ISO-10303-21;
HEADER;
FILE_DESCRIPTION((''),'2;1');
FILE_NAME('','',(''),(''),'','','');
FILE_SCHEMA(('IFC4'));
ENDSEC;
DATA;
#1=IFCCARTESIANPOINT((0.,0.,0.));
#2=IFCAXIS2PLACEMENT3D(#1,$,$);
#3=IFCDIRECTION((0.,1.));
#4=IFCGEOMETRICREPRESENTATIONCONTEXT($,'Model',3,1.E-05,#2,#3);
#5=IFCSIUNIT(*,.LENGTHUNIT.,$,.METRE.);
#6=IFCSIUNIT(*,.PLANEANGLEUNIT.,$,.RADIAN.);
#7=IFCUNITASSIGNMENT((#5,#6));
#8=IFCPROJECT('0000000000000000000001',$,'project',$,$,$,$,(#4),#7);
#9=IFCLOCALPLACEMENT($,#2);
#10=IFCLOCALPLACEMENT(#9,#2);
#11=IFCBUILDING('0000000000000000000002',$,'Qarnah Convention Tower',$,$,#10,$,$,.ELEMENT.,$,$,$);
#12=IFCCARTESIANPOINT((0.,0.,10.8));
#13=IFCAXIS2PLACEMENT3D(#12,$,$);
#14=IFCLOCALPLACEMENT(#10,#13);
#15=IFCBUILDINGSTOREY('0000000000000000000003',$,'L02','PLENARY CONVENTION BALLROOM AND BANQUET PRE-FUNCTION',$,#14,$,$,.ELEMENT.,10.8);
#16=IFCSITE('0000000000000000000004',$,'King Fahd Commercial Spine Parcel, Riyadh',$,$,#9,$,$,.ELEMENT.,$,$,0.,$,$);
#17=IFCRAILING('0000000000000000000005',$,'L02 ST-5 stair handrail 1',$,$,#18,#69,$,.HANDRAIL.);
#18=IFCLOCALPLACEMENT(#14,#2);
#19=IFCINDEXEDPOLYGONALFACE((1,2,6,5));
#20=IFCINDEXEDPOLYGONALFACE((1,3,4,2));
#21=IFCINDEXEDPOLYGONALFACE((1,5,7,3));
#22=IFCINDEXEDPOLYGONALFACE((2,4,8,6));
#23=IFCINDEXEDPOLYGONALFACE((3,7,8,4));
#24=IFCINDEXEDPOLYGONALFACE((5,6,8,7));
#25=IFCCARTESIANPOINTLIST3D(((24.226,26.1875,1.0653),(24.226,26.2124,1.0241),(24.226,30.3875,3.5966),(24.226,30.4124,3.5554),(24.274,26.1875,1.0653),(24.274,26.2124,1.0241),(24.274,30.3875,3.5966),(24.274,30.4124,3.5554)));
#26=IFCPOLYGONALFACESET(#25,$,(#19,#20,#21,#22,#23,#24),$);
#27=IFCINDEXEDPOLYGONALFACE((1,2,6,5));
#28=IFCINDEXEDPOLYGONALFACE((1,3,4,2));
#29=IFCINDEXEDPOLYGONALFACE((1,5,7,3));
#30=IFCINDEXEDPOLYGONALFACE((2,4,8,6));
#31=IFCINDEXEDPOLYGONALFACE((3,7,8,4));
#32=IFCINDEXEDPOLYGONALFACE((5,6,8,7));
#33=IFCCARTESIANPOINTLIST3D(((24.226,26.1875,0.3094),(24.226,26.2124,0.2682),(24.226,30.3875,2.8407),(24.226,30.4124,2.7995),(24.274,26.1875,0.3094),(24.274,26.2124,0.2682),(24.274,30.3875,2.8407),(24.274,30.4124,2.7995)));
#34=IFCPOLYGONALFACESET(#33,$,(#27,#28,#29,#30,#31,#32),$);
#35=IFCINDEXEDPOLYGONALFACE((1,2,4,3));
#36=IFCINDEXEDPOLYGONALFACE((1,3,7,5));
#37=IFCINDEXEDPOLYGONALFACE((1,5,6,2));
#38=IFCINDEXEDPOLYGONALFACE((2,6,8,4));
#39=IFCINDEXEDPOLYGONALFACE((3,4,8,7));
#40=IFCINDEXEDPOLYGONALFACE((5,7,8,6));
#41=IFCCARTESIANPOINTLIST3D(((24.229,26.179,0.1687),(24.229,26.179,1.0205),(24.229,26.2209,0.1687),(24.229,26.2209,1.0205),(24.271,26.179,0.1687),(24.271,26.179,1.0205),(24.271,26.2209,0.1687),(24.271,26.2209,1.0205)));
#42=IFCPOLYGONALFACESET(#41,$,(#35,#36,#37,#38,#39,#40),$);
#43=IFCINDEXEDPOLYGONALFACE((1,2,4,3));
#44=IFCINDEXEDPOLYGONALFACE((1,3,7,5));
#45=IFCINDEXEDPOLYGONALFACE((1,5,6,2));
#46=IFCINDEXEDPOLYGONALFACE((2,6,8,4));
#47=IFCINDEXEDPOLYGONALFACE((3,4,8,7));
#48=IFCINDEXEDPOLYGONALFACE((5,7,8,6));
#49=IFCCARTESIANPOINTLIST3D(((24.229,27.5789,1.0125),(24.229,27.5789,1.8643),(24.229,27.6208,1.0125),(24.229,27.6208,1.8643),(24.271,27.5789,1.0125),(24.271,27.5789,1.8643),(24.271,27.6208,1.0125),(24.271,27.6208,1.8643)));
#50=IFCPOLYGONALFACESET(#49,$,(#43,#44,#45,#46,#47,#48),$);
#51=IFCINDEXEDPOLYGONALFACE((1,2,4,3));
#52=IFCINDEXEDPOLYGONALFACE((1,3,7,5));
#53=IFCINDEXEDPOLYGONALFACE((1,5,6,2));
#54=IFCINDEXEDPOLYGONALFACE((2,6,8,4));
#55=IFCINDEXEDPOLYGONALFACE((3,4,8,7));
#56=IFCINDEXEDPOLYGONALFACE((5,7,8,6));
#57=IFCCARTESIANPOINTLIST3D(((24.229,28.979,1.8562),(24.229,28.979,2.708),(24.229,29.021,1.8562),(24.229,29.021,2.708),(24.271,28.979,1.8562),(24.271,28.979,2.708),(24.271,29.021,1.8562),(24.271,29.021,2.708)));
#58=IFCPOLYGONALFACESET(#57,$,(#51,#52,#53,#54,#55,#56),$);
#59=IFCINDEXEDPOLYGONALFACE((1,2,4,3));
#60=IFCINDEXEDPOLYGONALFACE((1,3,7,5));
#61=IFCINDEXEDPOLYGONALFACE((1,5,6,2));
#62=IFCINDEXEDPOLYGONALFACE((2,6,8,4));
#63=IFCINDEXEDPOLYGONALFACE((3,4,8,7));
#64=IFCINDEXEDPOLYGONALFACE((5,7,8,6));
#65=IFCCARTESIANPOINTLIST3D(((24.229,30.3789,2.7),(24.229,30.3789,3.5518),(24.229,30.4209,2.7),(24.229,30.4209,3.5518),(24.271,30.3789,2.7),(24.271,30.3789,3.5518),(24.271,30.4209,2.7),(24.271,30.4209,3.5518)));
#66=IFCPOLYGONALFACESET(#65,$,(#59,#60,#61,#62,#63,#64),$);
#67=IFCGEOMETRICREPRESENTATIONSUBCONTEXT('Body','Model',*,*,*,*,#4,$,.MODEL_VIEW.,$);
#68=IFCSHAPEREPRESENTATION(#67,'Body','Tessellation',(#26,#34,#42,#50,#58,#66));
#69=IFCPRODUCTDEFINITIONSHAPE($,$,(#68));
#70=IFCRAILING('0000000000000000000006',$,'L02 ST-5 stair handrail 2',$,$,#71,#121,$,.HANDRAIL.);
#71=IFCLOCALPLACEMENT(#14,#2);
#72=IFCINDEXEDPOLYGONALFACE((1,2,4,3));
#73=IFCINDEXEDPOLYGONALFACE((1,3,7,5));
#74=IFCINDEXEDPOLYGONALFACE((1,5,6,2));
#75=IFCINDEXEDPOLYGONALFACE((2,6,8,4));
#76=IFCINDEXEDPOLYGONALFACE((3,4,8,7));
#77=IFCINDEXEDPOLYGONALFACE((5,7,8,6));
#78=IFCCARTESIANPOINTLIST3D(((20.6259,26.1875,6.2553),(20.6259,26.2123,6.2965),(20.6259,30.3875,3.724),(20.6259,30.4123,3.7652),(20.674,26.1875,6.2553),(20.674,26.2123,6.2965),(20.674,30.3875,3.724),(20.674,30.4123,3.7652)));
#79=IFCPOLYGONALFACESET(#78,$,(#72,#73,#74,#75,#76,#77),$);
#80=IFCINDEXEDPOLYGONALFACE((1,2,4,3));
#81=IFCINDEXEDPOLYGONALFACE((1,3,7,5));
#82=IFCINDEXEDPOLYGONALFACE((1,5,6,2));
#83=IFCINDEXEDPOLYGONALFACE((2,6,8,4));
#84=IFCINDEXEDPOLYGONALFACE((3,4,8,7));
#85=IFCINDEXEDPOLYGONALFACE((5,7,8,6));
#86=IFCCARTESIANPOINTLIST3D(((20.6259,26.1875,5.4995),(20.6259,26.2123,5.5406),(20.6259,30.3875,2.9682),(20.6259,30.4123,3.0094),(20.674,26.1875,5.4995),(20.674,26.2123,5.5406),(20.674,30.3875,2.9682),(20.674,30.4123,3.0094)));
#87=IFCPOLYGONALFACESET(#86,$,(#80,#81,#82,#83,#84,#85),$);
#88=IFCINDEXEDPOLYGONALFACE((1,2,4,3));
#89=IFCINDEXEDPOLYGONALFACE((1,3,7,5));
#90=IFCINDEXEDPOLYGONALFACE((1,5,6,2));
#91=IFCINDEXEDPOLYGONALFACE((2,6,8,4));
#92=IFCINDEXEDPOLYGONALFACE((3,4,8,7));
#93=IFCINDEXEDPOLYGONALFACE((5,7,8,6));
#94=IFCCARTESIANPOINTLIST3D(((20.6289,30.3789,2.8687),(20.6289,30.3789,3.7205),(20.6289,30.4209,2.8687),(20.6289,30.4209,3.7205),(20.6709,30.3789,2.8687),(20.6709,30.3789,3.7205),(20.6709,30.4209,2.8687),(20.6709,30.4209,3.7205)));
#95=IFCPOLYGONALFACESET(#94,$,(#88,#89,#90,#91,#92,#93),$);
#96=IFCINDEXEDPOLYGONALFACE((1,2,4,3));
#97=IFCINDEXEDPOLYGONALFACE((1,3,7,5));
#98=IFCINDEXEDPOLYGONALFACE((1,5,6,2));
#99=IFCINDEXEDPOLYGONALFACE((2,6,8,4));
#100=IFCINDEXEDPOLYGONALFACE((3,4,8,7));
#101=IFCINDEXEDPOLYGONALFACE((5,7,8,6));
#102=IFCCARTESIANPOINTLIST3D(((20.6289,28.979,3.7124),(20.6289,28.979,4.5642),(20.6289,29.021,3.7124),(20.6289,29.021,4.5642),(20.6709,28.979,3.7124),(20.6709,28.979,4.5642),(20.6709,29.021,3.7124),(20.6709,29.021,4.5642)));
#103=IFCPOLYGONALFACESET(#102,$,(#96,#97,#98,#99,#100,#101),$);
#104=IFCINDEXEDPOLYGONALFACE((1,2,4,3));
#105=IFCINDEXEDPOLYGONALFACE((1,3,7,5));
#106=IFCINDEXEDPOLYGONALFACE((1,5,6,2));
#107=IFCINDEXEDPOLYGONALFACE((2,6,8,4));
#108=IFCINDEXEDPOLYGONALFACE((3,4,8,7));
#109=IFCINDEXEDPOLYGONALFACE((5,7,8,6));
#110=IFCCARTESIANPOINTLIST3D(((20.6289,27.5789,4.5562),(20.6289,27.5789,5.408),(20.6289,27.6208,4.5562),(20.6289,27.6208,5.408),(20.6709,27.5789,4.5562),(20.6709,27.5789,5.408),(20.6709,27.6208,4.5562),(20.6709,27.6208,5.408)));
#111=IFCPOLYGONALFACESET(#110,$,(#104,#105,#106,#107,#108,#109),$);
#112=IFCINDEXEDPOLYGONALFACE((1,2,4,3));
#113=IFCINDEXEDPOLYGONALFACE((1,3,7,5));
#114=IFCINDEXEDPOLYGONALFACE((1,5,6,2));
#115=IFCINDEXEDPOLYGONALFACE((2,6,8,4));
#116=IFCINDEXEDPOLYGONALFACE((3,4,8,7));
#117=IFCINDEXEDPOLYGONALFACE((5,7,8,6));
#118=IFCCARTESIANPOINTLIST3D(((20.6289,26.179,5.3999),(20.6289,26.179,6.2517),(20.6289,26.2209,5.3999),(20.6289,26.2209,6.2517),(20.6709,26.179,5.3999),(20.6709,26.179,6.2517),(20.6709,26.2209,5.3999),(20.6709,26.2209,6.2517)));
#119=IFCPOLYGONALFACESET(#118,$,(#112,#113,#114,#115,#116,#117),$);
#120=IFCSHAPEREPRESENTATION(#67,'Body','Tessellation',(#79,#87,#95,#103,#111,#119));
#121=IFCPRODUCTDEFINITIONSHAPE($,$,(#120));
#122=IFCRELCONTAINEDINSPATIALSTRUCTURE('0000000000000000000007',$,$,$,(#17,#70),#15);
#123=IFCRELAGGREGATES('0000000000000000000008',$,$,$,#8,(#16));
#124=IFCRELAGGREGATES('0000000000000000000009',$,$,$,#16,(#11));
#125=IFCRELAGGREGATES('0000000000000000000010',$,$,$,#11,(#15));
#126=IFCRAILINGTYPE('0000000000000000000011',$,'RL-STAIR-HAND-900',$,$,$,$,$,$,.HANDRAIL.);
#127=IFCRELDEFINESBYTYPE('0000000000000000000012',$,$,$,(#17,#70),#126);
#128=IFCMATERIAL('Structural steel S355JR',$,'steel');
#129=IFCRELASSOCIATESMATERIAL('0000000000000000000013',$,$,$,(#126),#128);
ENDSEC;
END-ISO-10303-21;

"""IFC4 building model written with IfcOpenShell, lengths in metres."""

from ifc_helpers import new_model, si_unit, direction, frame, origin, origin_2d, place, context, subcontext, project, spatial, rectangle, extrude, material, type_object, element, save


model = new_model("IFC4")

# Units and contexts
model_context = context("Model", 3, precision=1e-05, world=origin(), true_north=direction((0.0, 1.0)))
body_context = subcontext(model_context, "Body", "Model", "MODEL_VIEW")
ifc_project = project(units=[si_unit("LENGTHUNIT", "METRE"), si_unit("PLANEANGLEUNIT", "RADIAN")], contexts=[model_context])

# Site, building, storey
site_placement = place(None, origin())
site = spatial("IfcSite", under=ifc_project, at=site_placement, Name="King Fahd Commercial Spine Parcel, Riyadh", CompositionType="ELEMENT", RefElevation=0.0)
building_placement = place(site_placement, origin())
building = spatial("IfcBuilding", under=site, at=building_placement, Name="Qarnah Convention Tower", CompositionType="ELEMENT")
storey_placement = place(building_placement, frame((0.0, 0.0, 10.8)))
storey = spatial("IfcBuildingStorey", under=building, at=storey_placement, Name="L02", Description="PLENARY CONVENTION BALLROOM AND BANQUET PRE-FUNCTION", CompositionType="ELEMENT", Elevation=10.8)

# Shared definitions
ifc_material_1 = material(Name="Structural steel S355JR", Category="steel")

# Railings
railing_type_1 = type_object("IfcRailingType", Name="RL-STAIR-HAND-900", PredefinedType="HANDRAIL", material=ifc_material_1)
railing_1_placement = place(storey_placement, frame((24.25, 26.2, 0.1687)))
element("IfcRailing", 1, at=railing_1_placement, inside=storey, type_object=railing_type_1, Name="L02 ST-5 stair handrail 1", PredefinedType="HANDRAIL", context=body_context, shape_type="SweptSolid", body=[
    extrude(rectangle(XDim=0.0481, YDim=0.0481, at=origin_2d()), frame((0.0, 0.0, 0.876), z_axis=(0.0, 0.856476, 0.516186), x_axis=(-1.0, 0.0, 0.0)), (0.0, 0.0, 1.0), 4.9038),
    extrude(rectangle(XDim=0.0481, YDim=0.0481, at=origin_2d()), frame((0.0, 0.0, 0.1201), z_axis=(0.0, 0.856476, 0.516186), x_axis=(-1.0, 0.0, 0.0)), (0.0, 0.0, 1.0), 4.9038),
    extrude(rectangle(XDim=0.042, YDim=0.042, at=origin_2d()), origin(), (0.0, 0.0, 1.0), 0.8518),
    extrude(rectangle(XDim=0.042, YDim=0.042, at=origin_2d()), frame((0.0, 1.3999, 0.8438)), (0.0, 0.0, 1.0), 0.8518),
    extrude(rectangle(XDim=0.042, YDim=0.042, at=origin_2d()), frame((0.0, 2.8, 1.6875)), (0.0, 0.0, 1.0), 0.8518),
    extrude(rectangle(XDim=0.042, YDim=0.042, at=origin_2d()), frame((0.0, 4.2, 2.5312)), (0.0, 0.0, 1.0), 0.8518),
])
railing_2_placement = place(storey_placement, frame((20.6499, 30.3999, 2.8687)))
element("IfcRailing", 2, at=railing_2_placement, inside=storey, type_object=railing_type_1, Name="L02 ST-5 stair handrail 2", PredefinedType="HANDRAIL", context=body_context, shape_type="SweptSolid", body=[
    extrude(rectangle(XDim=0.0481, YDim=0.0481, at=origin_2d()), frame((0.0, 0.0, 0.876), z_axis=(0.0, -0.856476, 0.516186), x_axis=(1.0, 0.0, 0.0)), (0.0, 0.0, 1.0), 4.9038),
    extrude(rectangle(XDim=0.0481, YDim=0.0481, at=origin_2d()), frame((0.0, 0.0, 0.1201), z_axis=(0.0, -0.856476, 0.516186), x_axis=(1.0, 0.0, 0.0)), (0.0, 0.0, 1.0), 4.9038),
    extrude(rectangle(XDim=0.042, YDim=0.042, at=origin_2d()), origin(), (0.0, 0.0, 1.0), 0.8518),
    extrude(rectangle(XDim=0.042, YDim=0.042, at=origin_2d()), frame((0.0, -1.3999, 0.8438)), (0.0, 0.0, 1.0), 0.8518),
    extrude(rectangle(XDim=0.042, YDim=0.042, at=origin_2d()), frame((0.0, -2.8, 1.6875)), (0.0, 0.0, 1.0), 0.8518),
    extrude(rectangle(XDim=0.042, YDim=0.042, at=origin_2d()), frame((0.0, -4.2, 2.5312)), (0.0, 0.0, 1.0), 0.8518),
])

save(model, "model.ifc")
